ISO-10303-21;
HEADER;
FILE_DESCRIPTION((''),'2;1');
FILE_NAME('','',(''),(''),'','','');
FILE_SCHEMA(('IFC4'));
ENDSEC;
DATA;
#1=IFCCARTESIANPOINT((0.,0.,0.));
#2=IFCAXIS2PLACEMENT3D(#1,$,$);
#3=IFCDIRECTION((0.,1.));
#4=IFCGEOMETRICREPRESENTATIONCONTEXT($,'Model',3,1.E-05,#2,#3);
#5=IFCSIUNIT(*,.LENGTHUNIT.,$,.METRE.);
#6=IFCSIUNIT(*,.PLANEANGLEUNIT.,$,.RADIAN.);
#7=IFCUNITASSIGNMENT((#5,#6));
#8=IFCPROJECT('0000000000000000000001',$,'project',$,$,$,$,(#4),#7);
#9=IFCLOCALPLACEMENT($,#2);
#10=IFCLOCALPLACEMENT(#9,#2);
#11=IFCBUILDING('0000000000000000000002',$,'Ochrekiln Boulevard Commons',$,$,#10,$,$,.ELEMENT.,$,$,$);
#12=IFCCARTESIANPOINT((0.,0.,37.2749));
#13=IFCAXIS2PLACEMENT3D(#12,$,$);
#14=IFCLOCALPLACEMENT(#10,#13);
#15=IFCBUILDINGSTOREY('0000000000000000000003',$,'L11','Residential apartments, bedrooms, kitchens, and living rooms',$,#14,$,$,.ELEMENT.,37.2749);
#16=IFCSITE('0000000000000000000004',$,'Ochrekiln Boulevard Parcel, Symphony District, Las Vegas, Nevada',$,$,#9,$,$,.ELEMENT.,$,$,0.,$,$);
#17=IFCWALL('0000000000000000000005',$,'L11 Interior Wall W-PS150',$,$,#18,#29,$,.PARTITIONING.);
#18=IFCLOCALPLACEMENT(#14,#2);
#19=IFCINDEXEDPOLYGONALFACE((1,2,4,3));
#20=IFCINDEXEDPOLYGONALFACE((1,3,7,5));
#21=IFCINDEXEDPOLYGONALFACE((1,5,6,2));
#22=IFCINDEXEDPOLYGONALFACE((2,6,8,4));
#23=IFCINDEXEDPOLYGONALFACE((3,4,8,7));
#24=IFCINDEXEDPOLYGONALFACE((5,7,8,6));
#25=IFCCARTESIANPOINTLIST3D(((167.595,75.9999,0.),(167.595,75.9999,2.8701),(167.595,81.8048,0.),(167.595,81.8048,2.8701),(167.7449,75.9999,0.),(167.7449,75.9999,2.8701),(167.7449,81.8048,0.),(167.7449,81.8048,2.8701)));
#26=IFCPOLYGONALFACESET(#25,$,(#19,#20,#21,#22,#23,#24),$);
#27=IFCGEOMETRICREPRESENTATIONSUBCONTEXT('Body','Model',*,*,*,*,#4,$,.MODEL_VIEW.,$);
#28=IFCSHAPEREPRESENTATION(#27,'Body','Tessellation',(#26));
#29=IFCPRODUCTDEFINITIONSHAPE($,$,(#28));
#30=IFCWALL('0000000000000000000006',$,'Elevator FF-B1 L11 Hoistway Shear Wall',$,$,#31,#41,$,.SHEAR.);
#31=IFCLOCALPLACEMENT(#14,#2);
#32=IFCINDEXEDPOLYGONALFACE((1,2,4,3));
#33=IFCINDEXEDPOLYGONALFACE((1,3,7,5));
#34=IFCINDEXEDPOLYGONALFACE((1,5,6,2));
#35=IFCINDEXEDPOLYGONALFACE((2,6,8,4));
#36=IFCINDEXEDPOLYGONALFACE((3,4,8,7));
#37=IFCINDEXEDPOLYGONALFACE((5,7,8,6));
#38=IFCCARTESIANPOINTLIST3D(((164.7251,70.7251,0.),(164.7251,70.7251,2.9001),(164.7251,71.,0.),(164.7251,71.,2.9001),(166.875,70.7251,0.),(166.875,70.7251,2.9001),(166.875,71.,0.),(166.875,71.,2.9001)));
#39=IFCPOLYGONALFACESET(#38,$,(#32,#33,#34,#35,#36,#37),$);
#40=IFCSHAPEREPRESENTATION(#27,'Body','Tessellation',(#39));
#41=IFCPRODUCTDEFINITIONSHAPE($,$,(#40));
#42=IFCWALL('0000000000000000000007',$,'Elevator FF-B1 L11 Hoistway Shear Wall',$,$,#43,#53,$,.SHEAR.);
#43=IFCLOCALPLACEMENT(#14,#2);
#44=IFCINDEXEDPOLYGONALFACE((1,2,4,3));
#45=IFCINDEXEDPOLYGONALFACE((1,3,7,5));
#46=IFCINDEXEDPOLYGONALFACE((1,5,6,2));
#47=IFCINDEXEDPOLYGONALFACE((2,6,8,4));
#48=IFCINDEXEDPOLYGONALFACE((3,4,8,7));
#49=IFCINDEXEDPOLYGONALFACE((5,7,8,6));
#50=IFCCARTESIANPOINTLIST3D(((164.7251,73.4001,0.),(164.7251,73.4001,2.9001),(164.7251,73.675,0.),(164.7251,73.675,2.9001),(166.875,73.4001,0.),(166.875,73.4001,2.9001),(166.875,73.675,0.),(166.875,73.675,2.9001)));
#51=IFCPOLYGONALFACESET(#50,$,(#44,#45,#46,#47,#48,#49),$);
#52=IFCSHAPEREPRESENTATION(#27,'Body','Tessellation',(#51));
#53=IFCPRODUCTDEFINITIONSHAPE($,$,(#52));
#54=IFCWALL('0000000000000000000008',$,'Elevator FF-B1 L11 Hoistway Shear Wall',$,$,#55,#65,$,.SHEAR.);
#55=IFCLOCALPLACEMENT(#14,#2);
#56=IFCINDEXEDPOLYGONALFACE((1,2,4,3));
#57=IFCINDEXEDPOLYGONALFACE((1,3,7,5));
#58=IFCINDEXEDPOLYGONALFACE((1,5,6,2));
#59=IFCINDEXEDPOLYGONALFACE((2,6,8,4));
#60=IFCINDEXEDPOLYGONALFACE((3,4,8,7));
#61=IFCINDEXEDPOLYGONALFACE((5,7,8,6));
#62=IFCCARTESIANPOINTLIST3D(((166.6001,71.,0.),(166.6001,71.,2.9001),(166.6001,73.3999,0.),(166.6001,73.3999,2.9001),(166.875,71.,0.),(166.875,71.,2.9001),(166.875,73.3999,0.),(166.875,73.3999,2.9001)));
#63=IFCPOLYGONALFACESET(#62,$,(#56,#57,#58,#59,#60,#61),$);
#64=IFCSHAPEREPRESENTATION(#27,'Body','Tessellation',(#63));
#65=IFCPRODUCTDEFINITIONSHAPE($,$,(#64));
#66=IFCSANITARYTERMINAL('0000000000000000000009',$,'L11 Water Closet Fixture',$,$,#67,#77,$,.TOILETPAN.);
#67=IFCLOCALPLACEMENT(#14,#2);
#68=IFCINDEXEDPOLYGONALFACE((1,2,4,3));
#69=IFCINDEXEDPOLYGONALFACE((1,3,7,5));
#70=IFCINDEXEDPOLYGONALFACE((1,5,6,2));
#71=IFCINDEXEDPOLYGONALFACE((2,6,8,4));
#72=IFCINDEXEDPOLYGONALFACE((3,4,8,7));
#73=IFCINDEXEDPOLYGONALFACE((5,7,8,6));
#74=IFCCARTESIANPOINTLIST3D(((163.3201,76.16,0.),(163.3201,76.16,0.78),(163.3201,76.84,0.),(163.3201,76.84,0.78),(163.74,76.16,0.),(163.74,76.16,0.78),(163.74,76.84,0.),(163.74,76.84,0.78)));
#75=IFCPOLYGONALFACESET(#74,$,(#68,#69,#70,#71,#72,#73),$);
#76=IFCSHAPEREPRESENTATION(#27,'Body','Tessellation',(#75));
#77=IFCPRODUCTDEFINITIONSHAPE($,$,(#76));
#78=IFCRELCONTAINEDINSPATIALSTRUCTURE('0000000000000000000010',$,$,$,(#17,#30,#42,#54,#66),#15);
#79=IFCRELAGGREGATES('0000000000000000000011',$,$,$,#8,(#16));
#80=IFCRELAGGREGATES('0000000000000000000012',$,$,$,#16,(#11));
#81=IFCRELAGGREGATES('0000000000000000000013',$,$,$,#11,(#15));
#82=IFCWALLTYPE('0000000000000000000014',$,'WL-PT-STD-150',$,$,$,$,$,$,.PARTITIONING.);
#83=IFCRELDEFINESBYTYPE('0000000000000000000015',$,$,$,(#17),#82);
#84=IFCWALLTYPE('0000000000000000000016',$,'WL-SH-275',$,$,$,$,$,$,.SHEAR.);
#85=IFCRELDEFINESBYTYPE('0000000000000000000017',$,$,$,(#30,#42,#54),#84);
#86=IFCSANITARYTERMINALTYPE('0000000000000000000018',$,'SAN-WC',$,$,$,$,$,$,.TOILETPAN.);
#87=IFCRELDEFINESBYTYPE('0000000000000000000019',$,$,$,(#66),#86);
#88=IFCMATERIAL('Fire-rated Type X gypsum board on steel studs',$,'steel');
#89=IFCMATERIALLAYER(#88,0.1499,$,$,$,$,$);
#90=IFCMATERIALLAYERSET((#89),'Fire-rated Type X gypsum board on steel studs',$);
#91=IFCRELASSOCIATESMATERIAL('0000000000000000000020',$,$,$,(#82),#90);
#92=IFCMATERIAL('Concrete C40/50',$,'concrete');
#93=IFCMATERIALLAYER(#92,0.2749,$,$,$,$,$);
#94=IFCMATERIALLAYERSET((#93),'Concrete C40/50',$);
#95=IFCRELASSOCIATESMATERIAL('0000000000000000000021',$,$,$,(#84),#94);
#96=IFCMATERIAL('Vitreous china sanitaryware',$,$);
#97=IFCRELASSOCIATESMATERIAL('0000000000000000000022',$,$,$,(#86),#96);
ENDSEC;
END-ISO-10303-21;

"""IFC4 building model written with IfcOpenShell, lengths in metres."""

from ifc_helpers import new_model, si_unit, direction, frame, frame_2d, origin, origin_2d, place, context, subcontext, project, spatial, rectangle, extrude, material, layer, layer_set, type_object, element, save


model = new_model("IFC4")

# Units and contexts
model_context = context("Model", 3, precision=1e-05, world=origin(), true_north=direction((0.0, 1.0)))
body_context = subcontext(model_context, "Body", "Model", "MODEL_VIEW")
ifc_project = project(units=[si_unit("LENGTHUNIT", "METRE"), si_unit("PLANEANGLEUNIT", "RADIAN")], contexts=[model_context])

# Site, building, storey
site_placement = place(None, origin())
site = spatial("IfcSite", under=ifc_project, at=site_placement, Name="Ochrekiln Boulevard Parcel, Symphony District, Las Vegas, Nevada", CompositionType="ELEMENT", RefElevation=0.0)
building_placement = place(site_placement, origin())
building = spatial("IfcBuilding", under=site, at=building_placement, Name="Ochrekiln Boulevard Commons", CompositionType="ELEMENT")
storey_placement = place(building_placement, frame((0.0, 0.0, 37.2749)))
storey = spatial("IfcBuildingStorey", under=building, at=storey_placement, Name="L11", Description="Residential apartments, bedrooms, kitchens, and living rooms", CompositionType="ELEMENT", Elevation=37.2749)

# Shared definitions
ifc_material_1 = material(Name="Concrete C40/50", Category="concrete")

# Shared definitions
ifc_material_2 = material(Name="Fire-rated Type X gypsum board on steel studs", Category="steel")

# Walls
ifc_layer_1 = layer(ifc_material_2, 0.1499)
ifc_layer_set_1 = layer_set([ifc_layer_1], Name="Fire-rated Type X gypsum board on steel studs")
wall_type_1 = type_object("IfcWallType", Name="WL-PT-STD-150", PredefinedType="PARTITIONING", material=ifc_layer_set_1)
wall_1_placement = place(storey_placement, frame((167.6699, 76.0, 0.0), z_axis=(0.0, 0.0, 1.0), x_axis=(0.0, 1.0, 0.0)))
element("IfcWall", 1, at=wall_1_placement, inside=storey, type_object=wall_type_1, Name="L11 Interior Wall W-PS150", PredefinedType="PARTITIONING", context=body_context, shape_type="SweptSolid", body=[
    extrude(rectangle(XDim=5.8049, YDim=0.1499, at=frame_2d((2.9023, 0.0))), origin(), (0.0, 0.0, 1.0), 2.8701),
])
ifc_layer_2 = layer(ifc_material_1, 0.2749)
ifc_layer_set_2 = layer_set([ifc_layer_2], Name="Concrete C40/50")
wall_type_2 = type_object("IfcWallType", Name="WL-SH-275", PredefinedType="SHEAR", material=ifc_layer_set_2)
for number, where, z_axis, x_axis, name in (
    (2, (164.7251, 70.8625, 0.0), (0.0, 0.0, 1.0), (1.0, 0.0, 0.0), "Elevator FF-B1 L11 Hoistway Shear Wall"),
    (3, (164.7251, 73.5376, 0.0), (0.0, 0.0, 1.0), (1.0, 0.0, 0.0), "Elevator FF-B1 L11 Hoistway Shear Wall"),
):
    element("IfcWall", number, at=place(storey_placement, frame(where, z_axis=z_axis, x_axis=x_axis)), inside=storey, type_object=wall_type_2, Name=name, PredefinedType="SHEAR", context=body_context, shape_type="SweptSolid", body=[
        extrude(rectangle(XDim=2.1499, YDim=0.2749, at=frame_2d((1.075, 0.0))), origin(), (0.0, 0.0, 1.0), 2.9001),
    ])

# Wall
wall_2_placement = place(storey_placement, frame((166.7375, 71.0, 0.0), z_axis=(0.0, 0.0, 1.0), x_axis=(0.0, 1.0, 0.0)))
element("IfcWall", 4, at=wall_2_placement, inside=storey, type_object=wall_type_2, Name="Elevator FF-B1 L11 Hoistway Shear Wall", PredefinedType="SHEAR", context=body_context, shape_type="SweptSolid", body=[
    extrude(rectangle(XDim=2.3999, YDim=0.2749, at=frame_2d((1.2, 0.0))), origin(), (0.0, 0.0, 1.0), 2.9001),
])

# Sanitary terminal
ifc_material_3 = material(Name="Vitreous china sanitaryware")
sanitary_terminal_type = type_object("IfcSanitaryTerminalType", Name="SAN-WC", PredefinedType="TOILETPAN", material=ifc_material_3)
sanitary_terminal_placement = place(storey_placement, frame((163.53, 76.5, 0.0), z_axis=(0.0, 0.0, 1.0), x_axis=(1.0, 0.0, 0.0)))
element("IfcSanitaryTerminal", 5, at=sanitary_terminal_placement, inside=storey, type_object=sanitary_terminal_type, Name="L11 Water Closet Fixture", PredefinedType="TOILETPAN", context=body_context, shape_type="SweptSolid", body=[
    extrude(rectangle(XDim=0.4199, YDim=0.6799, at=origin_2d()), origin(), (0.0, 0.0, 1.0), 0.78),
])

save(model, "model.ifc")
